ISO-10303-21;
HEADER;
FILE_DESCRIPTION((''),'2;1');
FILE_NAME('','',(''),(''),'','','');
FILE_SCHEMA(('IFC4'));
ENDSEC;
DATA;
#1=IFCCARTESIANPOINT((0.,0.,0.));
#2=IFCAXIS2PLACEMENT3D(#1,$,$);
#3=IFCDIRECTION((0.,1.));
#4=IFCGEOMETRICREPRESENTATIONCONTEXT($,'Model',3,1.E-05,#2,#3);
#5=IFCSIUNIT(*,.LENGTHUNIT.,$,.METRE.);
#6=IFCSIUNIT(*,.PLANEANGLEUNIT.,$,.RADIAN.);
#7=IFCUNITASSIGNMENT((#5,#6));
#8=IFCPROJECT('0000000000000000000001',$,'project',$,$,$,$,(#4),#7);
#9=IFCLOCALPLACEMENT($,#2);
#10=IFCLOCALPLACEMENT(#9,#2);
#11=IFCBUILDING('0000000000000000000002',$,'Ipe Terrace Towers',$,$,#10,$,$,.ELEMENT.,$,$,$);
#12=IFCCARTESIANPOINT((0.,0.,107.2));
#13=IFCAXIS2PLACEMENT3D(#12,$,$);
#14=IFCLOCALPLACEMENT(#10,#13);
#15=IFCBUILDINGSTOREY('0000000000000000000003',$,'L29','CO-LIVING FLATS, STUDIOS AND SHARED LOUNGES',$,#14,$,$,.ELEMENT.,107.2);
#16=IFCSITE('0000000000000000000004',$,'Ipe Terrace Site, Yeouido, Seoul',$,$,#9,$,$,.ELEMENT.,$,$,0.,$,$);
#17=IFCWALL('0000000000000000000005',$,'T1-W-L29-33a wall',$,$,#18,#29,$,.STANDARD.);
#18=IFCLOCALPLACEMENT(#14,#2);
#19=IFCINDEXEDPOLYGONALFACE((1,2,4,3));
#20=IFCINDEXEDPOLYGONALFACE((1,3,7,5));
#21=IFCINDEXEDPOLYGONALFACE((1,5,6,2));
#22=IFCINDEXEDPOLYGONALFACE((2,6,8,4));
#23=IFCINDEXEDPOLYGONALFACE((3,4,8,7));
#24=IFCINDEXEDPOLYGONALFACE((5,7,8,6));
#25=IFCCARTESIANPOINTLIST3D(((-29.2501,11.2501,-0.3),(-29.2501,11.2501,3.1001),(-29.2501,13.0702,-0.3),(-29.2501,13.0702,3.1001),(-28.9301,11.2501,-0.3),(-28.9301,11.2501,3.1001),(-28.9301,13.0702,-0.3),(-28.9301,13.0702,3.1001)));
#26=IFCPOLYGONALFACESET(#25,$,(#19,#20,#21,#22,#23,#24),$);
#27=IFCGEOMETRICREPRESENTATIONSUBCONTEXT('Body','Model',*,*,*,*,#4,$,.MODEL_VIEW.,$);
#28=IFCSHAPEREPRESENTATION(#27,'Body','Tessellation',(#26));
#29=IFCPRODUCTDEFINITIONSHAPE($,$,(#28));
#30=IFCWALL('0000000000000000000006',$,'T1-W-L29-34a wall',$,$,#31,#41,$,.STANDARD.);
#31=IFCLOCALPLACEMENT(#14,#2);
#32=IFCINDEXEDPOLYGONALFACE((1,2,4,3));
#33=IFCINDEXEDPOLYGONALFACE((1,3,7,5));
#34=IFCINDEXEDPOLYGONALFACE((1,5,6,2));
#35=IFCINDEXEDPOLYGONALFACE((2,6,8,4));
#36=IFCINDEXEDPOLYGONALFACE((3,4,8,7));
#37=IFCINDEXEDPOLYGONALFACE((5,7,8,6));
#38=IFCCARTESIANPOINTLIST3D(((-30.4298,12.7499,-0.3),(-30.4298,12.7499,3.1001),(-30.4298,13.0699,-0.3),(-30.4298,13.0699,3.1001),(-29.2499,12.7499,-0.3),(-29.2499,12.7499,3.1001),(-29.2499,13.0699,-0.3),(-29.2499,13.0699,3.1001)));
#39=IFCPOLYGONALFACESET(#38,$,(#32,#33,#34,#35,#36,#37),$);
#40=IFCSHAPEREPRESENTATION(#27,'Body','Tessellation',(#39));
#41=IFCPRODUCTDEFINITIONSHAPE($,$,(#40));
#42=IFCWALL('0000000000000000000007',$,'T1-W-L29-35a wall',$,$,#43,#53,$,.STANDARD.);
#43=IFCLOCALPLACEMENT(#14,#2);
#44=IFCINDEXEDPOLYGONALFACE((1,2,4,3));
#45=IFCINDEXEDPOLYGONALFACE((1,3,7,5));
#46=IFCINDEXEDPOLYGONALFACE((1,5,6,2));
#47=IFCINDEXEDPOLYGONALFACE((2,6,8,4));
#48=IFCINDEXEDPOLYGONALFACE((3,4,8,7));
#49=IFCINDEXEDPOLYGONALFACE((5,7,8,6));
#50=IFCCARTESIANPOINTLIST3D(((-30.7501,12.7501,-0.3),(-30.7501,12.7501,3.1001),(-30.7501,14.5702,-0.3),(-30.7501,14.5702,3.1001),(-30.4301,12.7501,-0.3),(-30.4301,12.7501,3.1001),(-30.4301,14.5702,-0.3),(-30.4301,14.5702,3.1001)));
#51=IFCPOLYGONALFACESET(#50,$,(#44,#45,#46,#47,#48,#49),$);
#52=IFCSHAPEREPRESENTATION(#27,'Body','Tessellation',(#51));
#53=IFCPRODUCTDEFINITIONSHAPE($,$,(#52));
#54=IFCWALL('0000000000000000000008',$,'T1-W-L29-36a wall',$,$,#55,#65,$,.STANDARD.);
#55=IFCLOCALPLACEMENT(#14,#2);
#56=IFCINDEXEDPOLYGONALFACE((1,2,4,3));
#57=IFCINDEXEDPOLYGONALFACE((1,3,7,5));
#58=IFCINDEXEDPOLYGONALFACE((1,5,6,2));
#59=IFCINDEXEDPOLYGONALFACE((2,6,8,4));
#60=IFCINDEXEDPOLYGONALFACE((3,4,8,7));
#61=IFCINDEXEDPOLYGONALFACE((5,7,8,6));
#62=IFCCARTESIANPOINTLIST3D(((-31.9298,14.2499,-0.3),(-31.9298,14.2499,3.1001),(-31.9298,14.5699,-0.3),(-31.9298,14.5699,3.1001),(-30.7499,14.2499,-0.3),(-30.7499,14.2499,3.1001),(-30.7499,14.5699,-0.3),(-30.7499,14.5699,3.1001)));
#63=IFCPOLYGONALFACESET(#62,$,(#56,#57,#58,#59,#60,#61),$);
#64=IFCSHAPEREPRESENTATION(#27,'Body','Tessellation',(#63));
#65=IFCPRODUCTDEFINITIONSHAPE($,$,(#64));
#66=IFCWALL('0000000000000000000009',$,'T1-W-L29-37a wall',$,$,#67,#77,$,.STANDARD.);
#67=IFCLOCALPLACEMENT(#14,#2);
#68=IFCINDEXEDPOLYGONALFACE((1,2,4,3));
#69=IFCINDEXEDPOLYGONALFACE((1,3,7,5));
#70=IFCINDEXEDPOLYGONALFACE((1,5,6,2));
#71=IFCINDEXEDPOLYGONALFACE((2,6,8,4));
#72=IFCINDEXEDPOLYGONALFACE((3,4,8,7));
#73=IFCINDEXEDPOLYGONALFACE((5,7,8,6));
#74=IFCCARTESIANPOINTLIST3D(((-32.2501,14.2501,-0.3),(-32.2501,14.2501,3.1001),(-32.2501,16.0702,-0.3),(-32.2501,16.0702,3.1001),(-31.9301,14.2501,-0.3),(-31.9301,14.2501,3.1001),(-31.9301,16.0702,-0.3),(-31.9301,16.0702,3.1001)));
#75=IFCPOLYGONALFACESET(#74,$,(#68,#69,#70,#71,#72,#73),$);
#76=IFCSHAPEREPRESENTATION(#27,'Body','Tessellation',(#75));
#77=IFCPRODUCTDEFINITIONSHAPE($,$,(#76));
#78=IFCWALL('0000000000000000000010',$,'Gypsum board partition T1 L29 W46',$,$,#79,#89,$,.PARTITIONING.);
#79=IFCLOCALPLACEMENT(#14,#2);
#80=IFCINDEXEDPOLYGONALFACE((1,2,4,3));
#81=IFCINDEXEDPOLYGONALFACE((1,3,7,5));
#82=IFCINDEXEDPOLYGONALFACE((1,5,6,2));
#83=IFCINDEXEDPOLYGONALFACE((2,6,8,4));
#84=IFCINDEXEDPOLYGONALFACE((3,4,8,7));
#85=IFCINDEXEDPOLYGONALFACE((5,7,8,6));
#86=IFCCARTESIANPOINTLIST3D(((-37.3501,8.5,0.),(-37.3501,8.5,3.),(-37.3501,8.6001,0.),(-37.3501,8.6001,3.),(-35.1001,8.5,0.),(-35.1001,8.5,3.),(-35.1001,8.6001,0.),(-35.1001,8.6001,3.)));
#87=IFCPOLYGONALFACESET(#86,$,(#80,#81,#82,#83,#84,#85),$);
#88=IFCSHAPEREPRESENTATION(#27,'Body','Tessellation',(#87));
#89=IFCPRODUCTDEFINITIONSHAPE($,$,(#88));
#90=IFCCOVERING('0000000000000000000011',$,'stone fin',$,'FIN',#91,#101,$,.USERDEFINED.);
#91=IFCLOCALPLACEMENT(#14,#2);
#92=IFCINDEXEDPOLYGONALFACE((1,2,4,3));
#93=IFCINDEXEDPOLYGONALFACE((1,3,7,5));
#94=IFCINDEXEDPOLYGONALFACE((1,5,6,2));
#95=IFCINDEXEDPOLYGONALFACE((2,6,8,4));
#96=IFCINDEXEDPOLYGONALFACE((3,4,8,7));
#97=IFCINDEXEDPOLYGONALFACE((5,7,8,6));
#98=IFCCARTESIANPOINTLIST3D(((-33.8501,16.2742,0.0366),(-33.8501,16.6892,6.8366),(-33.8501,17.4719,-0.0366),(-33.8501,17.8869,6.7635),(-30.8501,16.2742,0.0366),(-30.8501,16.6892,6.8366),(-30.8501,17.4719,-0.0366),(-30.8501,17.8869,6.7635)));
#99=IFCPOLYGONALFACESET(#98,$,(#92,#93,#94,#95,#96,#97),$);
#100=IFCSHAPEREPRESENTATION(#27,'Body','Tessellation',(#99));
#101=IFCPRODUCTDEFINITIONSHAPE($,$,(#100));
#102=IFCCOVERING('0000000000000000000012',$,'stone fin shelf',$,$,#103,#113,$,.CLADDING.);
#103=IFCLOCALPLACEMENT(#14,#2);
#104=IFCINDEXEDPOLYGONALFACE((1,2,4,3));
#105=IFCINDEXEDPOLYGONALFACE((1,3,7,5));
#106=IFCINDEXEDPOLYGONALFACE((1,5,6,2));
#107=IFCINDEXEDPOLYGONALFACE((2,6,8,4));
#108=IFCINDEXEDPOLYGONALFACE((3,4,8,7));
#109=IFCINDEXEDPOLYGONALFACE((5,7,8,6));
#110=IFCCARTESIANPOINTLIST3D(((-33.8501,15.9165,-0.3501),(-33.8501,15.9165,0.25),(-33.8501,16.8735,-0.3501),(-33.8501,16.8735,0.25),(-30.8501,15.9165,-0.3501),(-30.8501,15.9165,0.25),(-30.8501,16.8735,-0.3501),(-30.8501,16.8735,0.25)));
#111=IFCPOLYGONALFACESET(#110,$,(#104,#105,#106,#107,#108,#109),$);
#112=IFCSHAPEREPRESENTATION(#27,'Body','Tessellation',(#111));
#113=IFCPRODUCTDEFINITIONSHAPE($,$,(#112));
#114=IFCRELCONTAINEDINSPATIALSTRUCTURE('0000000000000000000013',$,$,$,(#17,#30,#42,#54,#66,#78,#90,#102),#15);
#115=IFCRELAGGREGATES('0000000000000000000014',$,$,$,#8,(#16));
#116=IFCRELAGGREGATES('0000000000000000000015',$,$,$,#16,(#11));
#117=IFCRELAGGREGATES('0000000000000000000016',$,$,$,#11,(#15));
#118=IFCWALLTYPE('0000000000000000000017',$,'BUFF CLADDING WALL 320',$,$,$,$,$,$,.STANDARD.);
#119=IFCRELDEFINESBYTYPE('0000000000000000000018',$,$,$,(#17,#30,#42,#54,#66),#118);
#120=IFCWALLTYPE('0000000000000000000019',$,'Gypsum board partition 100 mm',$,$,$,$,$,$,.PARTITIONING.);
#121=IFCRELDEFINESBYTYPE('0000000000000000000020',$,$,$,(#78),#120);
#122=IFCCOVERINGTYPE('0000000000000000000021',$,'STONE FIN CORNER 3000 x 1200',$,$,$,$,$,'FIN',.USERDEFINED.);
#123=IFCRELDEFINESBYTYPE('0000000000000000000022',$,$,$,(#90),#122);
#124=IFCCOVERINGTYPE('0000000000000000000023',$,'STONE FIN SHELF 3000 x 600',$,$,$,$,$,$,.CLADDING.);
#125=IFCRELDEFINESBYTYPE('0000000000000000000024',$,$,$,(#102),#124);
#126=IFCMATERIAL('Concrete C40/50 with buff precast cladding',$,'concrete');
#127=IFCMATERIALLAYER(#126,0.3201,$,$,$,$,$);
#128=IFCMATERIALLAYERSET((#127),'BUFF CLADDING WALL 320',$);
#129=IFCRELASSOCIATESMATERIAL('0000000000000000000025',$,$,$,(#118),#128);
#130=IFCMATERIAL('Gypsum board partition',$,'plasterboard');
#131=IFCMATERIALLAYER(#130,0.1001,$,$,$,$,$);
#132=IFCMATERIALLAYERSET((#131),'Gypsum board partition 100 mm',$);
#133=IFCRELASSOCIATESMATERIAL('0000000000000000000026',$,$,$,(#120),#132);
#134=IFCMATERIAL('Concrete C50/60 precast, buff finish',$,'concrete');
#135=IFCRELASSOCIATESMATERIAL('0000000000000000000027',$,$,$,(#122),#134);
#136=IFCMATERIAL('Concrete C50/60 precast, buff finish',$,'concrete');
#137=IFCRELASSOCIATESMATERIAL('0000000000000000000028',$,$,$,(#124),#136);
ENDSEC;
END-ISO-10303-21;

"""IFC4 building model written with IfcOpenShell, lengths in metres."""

from ifc_helpers import new_model, si_unit, direction, frame, frame_2d, origin, origin_2d, place, context, subcontext, project, spatial, rectangle, extrude, material, layer, layer_set, material_profile, profile_set, type_object, element, save


model = new_model("IFC4")

# Units and contexts
model_context = context("Model", 3, precision=1e-05, world=origin(), true_north=direction((0.0, 1.0)))
body_context = subcontext(model_context, "Body", "Model", "MODEL_VIEW")
ifc_project = project(units=[si_unit("LENGTHUNIT", "METRE"), si_unit("PLANEANGLEUNIT", "RADIAN")], contexts=[model_context])

# Site, building, storey
site_placement = place(None, origin())
site = spatial("IfcSite", under=ifc_project, at=site_placement, Name="Ipe Terrace Site, Yeouido, Seoul", CompositionType="ELEMENT", RefElevation=0.0)
building_placement = place(site_placement, origin())
building = spatial("IfcBuilding", under=site, at=building_placement, Name="Ipe Terrace Towers", CompositionType="ELEMENT")
storey_placement = place(building_placement, frame((0.0, 0.0, 107.2)))
storey = spatial("IfcBuildingStorey", under=building, at=storey_placement, Name="L29", Description="CO-LIVING FLATS, STUDIOS AND SHARED LOUNGES", CompositionType="ELEMENT", Elevation=107.2)

# Walls
ifc_material_1 = material(Name="Concrete C40/50 with buff precast cladding", Category="concrete")
ifc_layer_1 = layer(ifc_material_1, 0.3201)
ifc_layer_set_1 = layer_set([ifc_layer_1], Name="BUFF CLADDING WALL 320")
wall_type_1 = type_object("IfcWallType", Name="BUFF CLADDING WALL 320", PredefinedType="STANDARD", material=ifc_layer_set_1)
wall_1_placement = place(storey_placement, frame((-29.0901, 11.25, -0.3), z_axis=(0.0, 0.0, 1.0), x_axis=(0.0, 1.0, 0.0)))
element("IfcWall", 1, at=wall_1_placement, inside=storey, type_object=wall_type_1, Name="T1-W-L29-33a wall", PredefinedType="STANDARD", context=body_context, shape_type="SweptSolid", body=[
    extrude(rectangle(XDim=1.8201, YDim=0.3201, at=frame_2d((0.9102, 0.0))), origin(), (0.0, 0.0, 1.0), 3.4001),
])
wall_2_placement = place(storey_placement, frame((-29.25, 12.9099, -0.3), z_axis=(0.0, 0.0, 1.0), x_axis=(-1.0, 0.0, 0.0)))
element("IfcWall", 2, at=wall_2_placement, inside=storey, type_object=wall_type_1, Name="T1-W-L29-34a wall", PredefinedType="STANDARD", context=body_context, shape_type="SweptSolid", body=[
    extrude(rectangle(XDim=1.1799, YDim=0.3201, at=frame_2d((0.5898, 0.0))), origin(), (0.0, 0.0, 1.0), 3.4001),
])
wall_3_placement = place(storey_placement, frame((-30.5901, 12.75, -0.3), z_axis=(0.0, 0.0, 1.0), x_axis=(0.0, 1.0, 0.0)))
element("IfcWall", 3, at=wall_3_placement, inside=storey, type_object=wall_type_1, Name="T1-W-L29-35a wall", PredefinedType="STANDARD", context=body_context, shape_type="SweptSolid", body=[
    extrude(rectangle(XDim=1.8201, YDim=0.3201, at=frame_2d((0.9102, 0.0))), origin(), (0.0, 0.0, 1.0), 3.4001),
])
wall_4_placement = place(storey_placement, frame((-30.75, 14.4099, -0.3), z_axis=(0.0, 0.0, 1.0), x_axis=(-1.0, 0.0, 0.0)))
element("IfcWall", 4, at=wall_4_placement, inside=storey, type_object=wall_type_1, Name="T1-W-L29-36a wall", PredefinedType="STANDARD", context=body_context, shape_type="SweptSolid", body=[
    extrude(rectangle(XDim=1.1799, YDim=0.3201, at=frame_2d((0.5898, 0.0))), origin(), (0.0, 0.0, 1.0), 3.4001),
])
wall_5_placement = place(storey_placement, frame((-32.0901, 14.25, -0.3), z_axis=(0.0, 0.0, 1.0), x_axis=(0.0, 1.0, 0.0)))
element("IfcWall", 5, at=wall_5_placement, inside=storey, type_object=wall_type_1, Name="T1-W-L29-37a wall", PredefinedType="STANDARD", context=body_context, shape_type="SweptSolid", body=[
    extrude(rectangle(XDim=1.8201, YDim=0.3201, at=frame_2d((0.9102, 0.0))), origin(), (0.0, 0.0, 1.0), 3.4001),
])
ifc_material_2 = material(Name="Gypsum board partition", Category="plasterboard")
ifc_layer_2 = layer(ifc_material_2, 0.1001)
ifc_layer_set_2 = layer_set([ifc_layer_2], Name="Gypsum board partition 100 mm")
wall_type_2 = type_object("IfcWallType", Name="Gypsum board partition 100 mm", PredefinedType="PARTITIONING", material=ifc_layer_set_2)
wall_6_placement = place(storey_placement, frame((-37.3501, 8.55, 0.0), z_axis=(0.0, 0.0, 1.0), x_axis=(1.0, 0.0, 0.0)))
element("IfcWall", 6, at=wall_6_placement, inside=storey, type_object=wall_type_2, Name="Gypsum board partition T1 L29 W46", PredefinedType="PARTITIONING", context=body_context, shape_type="SweptSolid", body=[
    extrude(rectangle(XDim=2.25, YDim=0.1001, at=frame_2d((1.125, 0.0))), origin(), (0.0, 0.0, 1.0), 3.0),
])

# Coverings
ifc_material_3 = material(Name="Concrete C50/60 precast, buff finish", Category="concrete")
ifc_material_profile_1 = material_profile(ifc_material_3, rectangle(XDim=3.0, YDim=1.2, at=origin_2d()), Name="STONE FIN CORNER 3000 x 1200")
ifc_profile_set_1 = profile_set([ifc_material_profile_1], Name="Concrete C50/60 precast, buff finish")
covering_type_1 = type_object("IfcCoveringType", Name="STONE FIN CORNER 3000 x 1200", ElementType="FIN", PredefinedType="USERDEFINED", material=ifc_profile_set_1)
covering_1_placement = place(storey_placement, frame((-32.3501, 16.873, 0.0), z_axis=(0.0, 0.060921, 0.998143), x_axis=(-1.0, 0.0, 0.0)))
element("IfcCovering", 7, at=covering_1_placement, inside=storey, type_object=covering_type_1, Name="stone fin", ObjectType="FIN", PredefinedType="USERDEFINED", context=body_context, shape_type="SweptSolid", body=[
    extrude(rectangle(XDim=3.0, YDim=1.2, at=origin_2d()), origin(), (0.0, 0.0, 1.0), 6.8127),
])
ifc_material_4 = material(Name="Concrete C50/60 precast, buff finish", Category="concrete")
covering_type_2 = type_object("IfcCoveringType", Name="STONE FIN SHELF 3000 x 600", PredefinedType="CLADDING", material=ifc_material_4)
covering_2_placement = place(storey_placement, frame((-32.3501, 16.395, -0.3501), z_axis=(0.0, 0.0, 1.0), x_axis=(-1.0, 0.0, 0.0)))
element("IfcCovering", 8, at=covering_2_placement, inside=storey, type_object=covering_type_2, Name="stone fin shelf", PredefinedType="CLADDING", context=body_context, shape_type="SweptSolid", body=[
    extrude(rectangle(XDim=3.0, YDim=0.957, at=origin_2d()), origin(), (0.0, 0.0, 1.0), 0.6001),
])

save(model, "model.ifc")
